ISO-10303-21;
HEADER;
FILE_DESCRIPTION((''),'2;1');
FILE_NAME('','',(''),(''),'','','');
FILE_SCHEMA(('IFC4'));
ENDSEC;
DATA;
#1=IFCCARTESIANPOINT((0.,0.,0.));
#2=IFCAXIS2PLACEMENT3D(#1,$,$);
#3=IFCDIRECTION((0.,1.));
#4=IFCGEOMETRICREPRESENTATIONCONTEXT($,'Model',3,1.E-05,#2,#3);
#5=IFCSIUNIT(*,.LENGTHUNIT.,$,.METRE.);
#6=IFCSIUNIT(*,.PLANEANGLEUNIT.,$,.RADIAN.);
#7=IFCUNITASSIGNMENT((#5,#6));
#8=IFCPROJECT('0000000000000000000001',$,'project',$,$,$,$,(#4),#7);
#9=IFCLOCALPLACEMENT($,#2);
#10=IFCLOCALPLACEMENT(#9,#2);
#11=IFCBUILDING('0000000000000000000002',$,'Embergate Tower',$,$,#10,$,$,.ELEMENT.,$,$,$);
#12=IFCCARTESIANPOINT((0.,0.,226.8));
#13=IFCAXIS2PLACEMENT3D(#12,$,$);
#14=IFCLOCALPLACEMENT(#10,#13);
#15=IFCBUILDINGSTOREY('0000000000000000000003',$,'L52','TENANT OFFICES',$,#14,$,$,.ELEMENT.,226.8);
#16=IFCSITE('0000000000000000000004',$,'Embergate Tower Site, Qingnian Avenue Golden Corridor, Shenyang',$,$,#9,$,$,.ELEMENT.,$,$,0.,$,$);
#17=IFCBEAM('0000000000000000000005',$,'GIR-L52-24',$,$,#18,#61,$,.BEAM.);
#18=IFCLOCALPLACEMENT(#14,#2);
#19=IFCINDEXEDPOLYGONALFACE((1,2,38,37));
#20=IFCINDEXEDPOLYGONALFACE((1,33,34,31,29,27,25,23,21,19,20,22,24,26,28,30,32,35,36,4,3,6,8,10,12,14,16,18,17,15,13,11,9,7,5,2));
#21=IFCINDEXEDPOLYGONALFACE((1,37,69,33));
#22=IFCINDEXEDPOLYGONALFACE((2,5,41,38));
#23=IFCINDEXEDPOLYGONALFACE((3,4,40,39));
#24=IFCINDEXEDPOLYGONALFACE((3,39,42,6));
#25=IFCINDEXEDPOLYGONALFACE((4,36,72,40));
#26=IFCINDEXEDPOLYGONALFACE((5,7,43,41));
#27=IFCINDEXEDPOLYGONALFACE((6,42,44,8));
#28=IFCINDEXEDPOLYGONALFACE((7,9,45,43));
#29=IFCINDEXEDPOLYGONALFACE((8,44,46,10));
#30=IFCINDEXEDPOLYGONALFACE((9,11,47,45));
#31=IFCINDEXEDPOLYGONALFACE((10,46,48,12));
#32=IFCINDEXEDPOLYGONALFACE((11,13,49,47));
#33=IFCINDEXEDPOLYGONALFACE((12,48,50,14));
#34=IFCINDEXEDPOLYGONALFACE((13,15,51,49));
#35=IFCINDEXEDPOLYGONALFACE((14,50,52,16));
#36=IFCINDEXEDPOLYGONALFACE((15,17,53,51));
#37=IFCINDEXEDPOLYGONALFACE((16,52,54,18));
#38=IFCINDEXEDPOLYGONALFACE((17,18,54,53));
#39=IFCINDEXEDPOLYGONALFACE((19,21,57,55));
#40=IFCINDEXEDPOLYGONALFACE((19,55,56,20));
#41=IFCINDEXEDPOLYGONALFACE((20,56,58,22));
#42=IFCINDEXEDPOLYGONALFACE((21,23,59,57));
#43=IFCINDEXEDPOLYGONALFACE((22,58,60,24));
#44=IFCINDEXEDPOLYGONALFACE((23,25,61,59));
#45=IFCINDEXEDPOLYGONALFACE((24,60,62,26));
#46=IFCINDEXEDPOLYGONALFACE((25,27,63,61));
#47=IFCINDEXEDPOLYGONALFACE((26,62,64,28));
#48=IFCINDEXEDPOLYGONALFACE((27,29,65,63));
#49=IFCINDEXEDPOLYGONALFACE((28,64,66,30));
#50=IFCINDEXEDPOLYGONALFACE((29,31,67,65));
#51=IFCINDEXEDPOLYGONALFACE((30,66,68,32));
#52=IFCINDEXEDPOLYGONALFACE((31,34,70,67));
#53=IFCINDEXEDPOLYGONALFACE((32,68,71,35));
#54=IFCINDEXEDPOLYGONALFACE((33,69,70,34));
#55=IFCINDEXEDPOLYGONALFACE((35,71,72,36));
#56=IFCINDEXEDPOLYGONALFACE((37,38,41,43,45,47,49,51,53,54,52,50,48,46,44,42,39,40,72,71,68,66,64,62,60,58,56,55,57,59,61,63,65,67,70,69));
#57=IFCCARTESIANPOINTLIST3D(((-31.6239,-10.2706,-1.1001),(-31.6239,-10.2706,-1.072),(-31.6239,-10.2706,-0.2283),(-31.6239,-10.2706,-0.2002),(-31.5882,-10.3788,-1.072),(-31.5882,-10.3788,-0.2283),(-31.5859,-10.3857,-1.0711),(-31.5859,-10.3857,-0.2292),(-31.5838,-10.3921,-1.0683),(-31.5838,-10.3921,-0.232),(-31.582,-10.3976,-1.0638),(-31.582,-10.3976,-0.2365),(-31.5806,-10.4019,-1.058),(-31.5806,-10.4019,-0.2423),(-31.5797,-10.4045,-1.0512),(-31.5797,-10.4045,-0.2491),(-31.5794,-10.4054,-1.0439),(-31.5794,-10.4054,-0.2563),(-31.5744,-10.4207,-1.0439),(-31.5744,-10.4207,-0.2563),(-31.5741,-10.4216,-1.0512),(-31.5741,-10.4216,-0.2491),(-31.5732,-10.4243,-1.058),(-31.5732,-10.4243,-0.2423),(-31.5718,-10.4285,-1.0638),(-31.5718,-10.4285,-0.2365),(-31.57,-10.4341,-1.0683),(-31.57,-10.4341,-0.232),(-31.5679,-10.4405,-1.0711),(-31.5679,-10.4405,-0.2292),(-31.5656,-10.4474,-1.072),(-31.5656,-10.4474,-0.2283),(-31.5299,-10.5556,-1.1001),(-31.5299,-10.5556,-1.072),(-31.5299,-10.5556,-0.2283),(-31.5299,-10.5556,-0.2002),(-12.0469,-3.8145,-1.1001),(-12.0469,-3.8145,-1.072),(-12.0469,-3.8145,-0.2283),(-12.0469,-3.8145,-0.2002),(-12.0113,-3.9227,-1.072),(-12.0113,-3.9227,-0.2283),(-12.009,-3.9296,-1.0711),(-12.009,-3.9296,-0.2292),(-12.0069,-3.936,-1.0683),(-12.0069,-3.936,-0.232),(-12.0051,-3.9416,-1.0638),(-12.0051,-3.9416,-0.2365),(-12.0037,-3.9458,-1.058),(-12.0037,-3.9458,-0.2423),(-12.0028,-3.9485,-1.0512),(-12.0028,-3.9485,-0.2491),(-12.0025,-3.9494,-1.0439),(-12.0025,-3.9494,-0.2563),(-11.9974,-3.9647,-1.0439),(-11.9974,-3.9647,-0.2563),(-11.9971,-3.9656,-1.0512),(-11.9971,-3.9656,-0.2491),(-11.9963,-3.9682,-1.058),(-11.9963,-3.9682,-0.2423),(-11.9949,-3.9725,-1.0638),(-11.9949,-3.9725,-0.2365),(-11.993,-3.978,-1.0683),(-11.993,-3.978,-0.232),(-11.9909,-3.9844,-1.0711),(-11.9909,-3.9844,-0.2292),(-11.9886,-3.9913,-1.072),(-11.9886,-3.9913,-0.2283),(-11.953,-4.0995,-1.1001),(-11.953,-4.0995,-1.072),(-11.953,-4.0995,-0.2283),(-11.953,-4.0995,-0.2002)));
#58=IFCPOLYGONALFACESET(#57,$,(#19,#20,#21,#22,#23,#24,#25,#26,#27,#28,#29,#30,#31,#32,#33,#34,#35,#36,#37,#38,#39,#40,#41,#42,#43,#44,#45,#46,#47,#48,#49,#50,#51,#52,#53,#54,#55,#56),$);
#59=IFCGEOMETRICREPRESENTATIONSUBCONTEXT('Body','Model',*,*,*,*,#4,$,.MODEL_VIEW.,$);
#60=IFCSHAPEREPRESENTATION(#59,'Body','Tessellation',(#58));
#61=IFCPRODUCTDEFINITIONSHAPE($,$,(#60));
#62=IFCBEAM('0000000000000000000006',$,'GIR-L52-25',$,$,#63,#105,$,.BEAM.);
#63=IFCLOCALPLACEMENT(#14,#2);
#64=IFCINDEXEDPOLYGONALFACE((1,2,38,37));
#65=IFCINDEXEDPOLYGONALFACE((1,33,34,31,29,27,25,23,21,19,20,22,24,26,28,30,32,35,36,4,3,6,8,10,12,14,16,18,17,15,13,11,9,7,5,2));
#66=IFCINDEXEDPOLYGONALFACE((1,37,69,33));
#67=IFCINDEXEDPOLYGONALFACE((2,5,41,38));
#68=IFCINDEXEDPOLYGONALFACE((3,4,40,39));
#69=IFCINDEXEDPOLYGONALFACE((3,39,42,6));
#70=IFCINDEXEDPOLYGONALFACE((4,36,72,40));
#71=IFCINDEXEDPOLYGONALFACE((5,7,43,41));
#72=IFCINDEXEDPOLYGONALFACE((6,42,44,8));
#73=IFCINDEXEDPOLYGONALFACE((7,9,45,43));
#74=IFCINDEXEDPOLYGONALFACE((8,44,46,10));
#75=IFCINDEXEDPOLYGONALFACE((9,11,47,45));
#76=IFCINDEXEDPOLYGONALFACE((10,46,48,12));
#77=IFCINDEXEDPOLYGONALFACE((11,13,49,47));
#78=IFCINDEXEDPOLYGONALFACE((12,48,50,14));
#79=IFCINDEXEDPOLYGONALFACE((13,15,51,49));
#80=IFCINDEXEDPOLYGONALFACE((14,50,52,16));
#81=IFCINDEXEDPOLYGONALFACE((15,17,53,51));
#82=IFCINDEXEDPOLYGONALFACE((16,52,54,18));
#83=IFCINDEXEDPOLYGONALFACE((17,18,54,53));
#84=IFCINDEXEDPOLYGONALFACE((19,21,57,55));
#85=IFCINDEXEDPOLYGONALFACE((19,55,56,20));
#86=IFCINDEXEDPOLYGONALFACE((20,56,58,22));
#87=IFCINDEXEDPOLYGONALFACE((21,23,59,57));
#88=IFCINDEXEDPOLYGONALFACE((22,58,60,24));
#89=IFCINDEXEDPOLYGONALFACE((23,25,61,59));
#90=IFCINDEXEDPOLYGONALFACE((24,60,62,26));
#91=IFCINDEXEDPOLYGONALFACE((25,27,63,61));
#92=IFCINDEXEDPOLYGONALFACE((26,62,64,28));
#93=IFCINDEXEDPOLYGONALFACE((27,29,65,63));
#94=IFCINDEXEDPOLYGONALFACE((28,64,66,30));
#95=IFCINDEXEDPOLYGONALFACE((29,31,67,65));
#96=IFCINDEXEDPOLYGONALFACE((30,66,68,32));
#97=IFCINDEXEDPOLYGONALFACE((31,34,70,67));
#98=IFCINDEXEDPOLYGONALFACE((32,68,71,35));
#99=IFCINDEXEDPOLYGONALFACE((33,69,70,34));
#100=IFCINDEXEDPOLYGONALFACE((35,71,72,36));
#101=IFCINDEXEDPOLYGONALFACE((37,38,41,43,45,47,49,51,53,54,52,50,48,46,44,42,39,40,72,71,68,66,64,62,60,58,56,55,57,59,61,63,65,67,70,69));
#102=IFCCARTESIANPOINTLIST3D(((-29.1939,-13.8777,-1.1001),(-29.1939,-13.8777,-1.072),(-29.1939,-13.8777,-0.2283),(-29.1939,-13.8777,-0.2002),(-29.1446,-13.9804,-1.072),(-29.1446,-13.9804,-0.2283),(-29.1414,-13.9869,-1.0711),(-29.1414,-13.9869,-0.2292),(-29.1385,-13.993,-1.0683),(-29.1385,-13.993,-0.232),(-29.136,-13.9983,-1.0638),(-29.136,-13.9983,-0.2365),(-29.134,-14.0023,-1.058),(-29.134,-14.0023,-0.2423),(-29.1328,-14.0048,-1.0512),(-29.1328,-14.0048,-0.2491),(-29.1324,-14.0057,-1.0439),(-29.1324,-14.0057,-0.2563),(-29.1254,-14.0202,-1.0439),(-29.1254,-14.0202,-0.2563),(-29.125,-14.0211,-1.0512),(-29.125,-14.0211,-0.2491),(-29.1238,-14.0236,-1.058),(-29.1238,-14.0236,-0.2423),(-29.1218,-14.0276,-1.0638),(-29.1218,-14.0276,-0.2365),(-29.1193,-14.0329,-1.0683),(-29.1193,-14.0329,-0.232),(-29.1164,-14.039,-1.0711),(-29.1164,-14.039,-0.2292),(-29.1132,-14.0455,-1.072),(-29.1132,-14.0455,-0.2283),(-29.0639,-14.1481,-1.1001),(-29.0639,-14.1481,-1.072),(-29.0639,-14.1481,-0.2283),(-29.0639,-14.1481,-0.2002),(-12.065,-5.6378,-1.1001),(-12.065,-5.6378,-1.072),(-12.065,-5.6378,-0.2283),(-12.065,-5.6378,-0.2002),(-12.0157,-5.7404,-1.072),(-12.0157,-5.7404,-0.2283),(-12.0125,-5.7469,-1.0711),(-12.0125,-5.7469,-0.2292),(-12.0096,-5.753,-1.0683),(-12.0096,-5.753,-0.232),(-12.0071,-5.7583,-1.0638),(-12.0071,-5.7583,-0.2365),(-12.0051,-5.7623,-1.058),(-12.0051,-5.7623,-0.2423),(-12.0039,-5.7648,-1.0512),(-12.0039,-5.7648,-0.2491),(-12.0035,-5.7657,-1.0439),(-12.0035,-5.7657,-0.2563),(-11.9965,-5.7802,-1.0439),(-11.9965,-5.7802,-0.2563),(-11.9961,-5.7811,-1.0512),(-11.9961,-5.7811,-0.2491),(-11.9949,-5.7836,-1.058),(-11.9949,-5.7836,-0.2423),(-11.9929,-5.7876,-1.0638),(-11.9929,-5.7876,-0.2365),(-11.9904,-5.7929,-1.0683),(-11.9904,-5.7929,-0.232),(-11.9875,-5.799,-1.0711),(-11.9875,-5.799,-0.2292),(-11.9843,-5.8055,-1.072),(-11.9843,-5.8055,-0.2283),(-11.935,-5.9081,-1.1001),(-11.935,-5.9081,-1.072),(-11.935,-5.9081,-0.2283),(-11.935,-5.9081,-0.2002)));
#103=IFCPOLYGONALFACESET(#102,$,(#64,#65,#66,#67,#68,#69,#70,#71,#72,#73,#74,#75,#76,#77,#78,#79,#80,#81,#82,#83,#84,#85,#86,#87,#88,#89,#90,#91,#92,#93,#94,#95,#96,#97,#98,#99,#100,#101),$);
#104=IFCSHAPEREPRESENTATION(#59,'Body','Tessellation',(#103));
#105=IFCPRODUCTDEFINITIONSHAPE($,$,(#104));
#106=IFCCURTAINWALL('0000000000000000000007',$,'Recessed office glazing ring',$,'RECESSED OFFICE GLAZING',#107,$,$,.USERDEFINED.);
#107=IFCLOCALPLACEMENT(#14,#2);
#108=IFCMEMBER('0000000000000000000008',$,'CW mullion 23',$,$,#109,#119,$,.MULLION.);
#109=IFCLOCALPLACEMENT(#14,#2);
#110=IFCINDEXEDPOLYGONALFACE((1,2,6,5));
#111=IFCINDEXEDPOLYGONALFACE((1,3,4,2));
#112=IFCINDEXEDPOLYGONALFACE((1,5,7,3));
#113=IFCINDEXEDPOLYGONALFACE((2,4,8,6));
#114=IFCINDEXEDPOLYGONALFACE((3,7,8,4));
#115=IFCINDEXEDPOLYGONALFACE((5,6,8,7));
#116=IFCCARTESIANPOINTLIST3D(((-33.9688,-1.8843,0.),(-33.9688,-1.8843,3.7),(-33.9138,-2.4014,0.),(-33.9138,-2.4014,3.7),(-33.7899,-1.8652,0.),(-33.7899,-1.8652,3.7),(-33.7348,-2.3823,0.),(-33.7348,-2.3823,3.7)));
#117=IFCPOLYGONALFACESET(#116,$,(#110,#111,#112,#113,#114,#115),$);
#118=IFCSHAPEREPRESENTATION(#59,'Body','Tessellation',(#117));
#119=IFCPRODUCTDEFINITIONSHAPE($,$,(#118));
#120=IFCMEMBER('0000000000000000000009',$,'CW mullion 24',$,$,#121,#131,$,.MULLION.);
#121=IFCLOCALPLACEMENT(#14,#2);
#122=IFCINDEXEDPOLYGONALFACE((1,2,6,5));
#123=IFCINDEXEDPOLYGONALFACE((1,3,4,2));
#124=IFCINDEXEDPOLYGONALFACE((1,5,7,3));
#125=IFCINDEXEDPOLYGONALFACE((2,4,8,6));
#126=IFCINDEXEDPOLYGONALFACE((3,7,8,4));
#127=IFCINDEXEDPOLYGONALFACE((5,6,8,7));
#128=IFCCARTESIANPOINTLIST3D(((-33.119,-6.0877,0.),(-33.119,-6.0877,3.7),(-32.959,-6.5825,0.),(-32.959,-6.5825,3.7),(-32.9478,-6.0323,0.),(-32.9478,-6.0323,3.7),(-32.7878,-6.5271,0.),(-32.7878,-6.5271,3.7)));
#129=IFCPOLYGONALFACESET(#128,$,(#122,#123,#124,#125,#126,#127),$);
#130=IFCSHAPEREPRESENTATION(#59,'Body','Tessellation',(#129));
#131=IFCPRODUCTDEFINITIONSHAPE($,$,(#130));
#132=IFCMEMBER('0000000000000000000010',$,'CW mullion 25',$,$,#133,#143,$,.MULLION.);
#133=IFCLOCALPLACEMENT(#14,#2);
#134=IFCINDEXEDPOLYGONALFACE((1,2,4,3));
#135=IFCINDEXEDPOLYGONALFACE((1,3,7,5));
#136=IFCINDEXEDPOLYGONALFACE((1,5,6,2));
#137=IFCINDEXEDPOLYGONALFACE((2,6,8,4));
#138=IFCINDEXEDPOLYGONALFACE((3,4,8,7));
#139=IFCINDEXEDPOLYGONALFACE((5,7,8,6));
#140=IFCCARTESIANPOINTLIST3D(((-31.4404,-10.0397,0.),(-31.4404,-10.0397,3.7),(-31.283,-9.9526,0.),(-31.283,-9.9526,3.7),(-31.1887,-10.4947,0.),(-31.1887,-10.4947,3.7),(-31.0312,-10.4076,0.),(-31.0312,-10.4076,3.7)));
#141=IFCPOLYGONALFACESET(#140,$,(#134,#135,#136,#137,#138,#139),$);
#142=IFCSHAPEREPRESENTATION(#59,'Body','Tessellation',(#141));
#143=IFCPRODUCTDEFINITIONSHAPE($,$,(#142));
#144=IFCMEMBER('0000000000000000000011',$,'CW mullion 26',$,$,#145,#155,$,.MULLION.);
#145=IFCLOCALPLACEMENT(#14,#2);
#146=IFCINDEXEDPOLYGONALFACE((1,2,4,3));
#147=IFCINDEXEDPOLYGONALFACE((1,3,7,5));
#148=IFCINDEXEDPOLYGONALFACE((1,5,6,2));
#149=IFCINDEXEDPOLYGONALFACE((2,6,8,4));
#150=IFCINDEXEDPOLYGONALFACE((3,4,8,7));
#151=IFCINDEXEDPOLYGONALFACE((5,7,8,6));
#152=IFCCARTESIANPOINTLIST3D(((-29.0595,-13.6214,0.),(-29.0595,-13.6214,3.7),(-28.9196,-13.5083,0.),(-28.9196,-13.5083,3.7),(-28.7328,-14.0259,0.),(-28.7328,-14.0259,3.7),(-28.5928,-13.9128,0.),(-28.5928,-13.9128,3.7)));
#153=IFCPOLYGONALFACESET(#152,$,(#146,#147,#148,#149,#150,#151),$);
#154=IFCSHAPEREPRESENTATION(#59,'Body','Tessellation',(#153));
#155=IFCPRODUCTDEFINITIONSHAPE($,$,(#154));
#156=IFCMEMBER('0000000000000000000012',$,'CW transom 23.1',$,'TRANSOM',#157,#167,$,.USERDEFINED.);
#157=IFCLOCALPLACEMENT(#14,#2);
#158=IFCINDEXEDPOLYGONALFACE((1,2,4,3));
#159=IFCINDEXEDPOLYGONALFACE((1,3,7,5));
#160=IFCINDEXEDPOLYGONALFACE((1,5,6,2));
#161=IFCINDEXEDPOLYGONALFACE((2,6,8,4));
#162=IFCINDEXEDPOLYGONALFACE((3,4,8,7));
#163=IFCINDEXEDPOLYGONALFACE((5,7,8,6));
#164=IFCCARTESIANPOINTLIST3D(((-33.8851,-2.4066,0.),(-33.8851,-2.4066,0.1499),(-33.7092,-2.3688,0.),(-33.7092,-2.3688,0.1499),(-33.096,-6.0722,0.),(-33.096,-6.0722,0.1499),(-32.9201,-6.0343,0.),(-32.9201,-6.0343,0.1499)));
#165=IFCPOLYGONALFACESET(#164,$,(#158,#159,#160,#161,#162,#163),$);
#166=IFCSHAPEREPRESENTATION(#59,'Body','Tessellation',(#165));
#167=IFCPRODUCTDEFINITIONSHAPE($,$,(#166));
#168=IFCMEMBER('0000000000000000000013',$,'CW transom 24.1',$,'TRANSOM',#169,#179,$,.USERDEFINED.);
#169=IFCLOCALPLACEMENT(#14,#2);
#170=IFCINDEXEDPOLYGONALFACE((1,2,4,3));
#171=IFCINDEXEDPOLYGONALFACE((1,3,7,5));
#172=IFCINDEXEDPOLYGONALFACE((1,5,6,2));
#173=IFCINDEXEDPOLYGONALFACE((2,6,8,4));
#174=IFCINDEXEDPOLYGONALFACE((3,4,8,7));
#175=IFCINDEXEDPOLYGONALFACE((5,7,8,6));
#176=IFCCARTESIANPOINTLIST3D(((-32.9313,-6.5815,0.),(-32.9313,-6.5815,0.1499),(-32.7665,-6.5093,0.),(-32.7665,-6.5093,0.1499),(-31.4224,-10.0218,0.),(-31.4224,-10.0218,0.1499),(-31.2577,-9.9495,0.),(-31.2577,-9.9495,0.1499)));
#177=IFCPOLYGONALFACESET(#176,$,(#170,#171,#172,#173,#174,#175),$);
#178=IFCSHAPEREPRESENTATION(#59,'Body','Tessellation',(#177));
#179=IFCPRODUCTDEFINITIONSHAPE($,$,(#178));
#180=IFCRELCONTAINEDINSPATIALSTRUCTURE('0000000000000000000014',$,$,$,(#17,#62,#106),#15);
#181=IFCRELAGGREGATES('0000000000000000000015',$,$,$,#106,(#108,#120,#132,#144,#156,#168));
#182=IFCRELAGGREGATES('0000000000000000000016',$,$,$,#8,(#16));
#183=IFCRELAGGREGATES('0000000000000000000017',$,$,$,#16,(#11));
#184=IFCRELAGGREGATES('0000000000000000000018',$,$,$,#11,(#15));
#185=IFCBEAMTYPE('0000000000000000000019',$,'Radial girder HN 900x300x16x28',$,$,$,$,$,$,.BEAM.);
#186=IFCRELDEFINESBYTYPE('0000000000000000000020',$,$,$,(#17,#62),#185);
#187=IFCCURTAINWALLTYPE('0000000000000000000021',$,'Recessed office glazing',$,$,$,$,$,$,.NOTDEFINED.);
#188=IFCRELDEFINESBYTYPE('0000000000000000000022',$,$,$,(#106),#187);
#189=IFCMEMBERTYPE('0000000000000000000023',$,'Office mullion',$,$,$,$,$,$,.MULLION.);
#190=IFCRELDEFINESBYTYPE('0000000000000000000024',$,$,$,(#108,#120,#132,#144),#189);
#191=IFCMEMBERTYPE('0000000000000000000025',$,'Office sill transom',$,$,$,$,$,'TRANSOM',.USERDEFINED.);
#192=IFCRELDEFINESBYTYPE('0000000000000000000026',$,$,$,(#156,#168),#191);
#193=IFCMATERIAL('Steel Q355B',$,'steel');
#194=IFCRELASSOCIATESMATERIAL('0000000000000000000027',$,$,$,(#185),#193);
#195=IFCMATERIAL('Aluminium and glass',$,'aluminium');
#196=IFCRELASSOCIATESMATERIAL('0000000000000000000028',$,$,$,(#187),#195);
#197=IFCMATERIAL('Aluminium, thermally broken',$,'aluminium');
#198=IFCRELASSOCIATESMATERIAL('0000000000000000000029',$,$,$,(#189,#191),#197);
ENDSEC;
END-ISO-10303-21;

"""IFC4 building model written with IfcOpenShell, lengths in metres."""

from ifc_helpers import new_model, si_unit, direction, frame, origin, origin_2d, place, context, subcontext, project, spatial, rectangle, i_section, extrude, source, transform, mapped, material, material_profile, profile_set, type_object, element, aggregate, save


model = new_model("IFC4")

# Units and contexts
model_context = context("Model", 3, precision=1e-05, world=origin(), true_north=direction((0.0, 1.0)))
body_context = subcontext(model_context, "Body", "Model", "MODEL_VIEW")
ifc_project = project(units=[si_unit("LENGTHUNIT", "METRE"), si_unit("PLANEANGLEUNIT", "RADIAN")], contexts=[model_context])

# Site, building, storey
site_placement = place(None, origin())
site = spatial("IfcSite", under=ifc_project, at=site_placement, Name="Embergate Tower Site, Qingnian Avenue Golden Corridor, Shenyang", CompositionType="ELEMENT", RefElevation=0.0)
building_placement = place(site_placement, origin())
building = spatial("IfcBuilding", under=site, at=building_placement, Name="Embergate Tower", CompositionType="ELEMENT")
storey_placement = place(building_placement, frame((0.0, 0.0, 226.8)))
storey = spatial("IfcBuildingStorey", under=building, at=storey_placement, Name="L52", Description="TENANT OFFICES", CompositionType="ELEMENT", Elevation=226.8)

# Beams
ifc_material_1 = material(Name="Steel Q355B", Category="steel")
ifc_material_profile_1 = material_profile(ifc_material_1, i_section(OverallWidth=0.3, OverallDepth=0.8999, WebThickness=0.0161, FlangeThickness=0.0281, FilletRadius=0.0281, at=origin_2d()), Name="HN 900x300x16x28")
ifc_profile_set_1 = profile_set([ifc_material_profile_1], Name="Steel Q355 grade B")
beam_type_1 = type_object("IfcBeamType", Name="Radial girder HN 900x300x16x28", PredefinedType="BEAM", material=ifc_profile_set_1)
shared_shape_1 = source(origin(), body_context, "Body", "SweptSolid", [
    extrude(i_section(OverallWidth=0.3, OverallDepth=0.8999, WebThickness=0.0161, FlangeThickness=0.0281, FilletRadius=0.0281, at=origin_2d()), origin(), (0.0, 0.0, 1.0), 20.614),
])
beam_1_placement = place(storey_placement, frame((-31.5769, -10.4131, -0.6501), z_axis=(0.949691, 0.313188, 0.0), x_axis=(-0.313188, 0.949691, 0.0)))
element("IfcBeam", 1, at=beam_1_placement, inside=storey, type_object=beam_type_1, Name="GIR-L52-24", PredefinedType="BEAM", context=body_context, shape_type="MappedRepresentation", body=[
    mapped(shared_shape_1, transform((0.0, 0.0, 0.0))),
])
shared_shape_2 = source(origin(), body_context, "Body", "SweptSolid", [
    extrude(i_section(OverallWidth=0.3, OverallDepth=0.8999, WebThickness=0.0161, FlangeThickness=0.0281, FilletRadius=0.0281, at=origin_2d()), origin(), (0.0, 0.0, 1.0), 19.0078),
])
beam_2_placement = place(storey_placement, frame((-29.1289, -14.0129, -0.6501), z_axis=(0.901151, 0.433505, 0.0), x_axis=(-0.433505, 0.901151, 0.0)))
element("IfcBeam", 2, at=beam_2_placement, inside=storey, type_object=beam_type_1, Name="GIR-L52-25", PredefinedType="BEAM", context=body_context, shape_type="MappedRepresentation", body=[
    mapped(shared_shape_2, transform((0.0, 0.0, 0.0))),
])

# Curtain wall, members
ifc_material_2 = material(Name="Aluminium and glass", Category="aluminium")
curtain_wall_type = type_object("IfcCurtainWallType", Name="Recessed office glazing", PredefinedType="NOTDEFINED", material=ifc_material_2)
curtain_wall_placement = place(storey_placement, origin())
curtain_wall = element("IfcCurtainWall", 3, at=curtain_wall_placement, inside=storey, type_object=curtain_wall_type, Name="Recessed office glazing ring", ObjectType="RECESSED OFFICE GLAZING", PredefinedType="USERDEFINED")
ifc_material_3 = material(Name="Aluminium, thermally broken", Category="aluminium")
ifc_material_profile_2 = material_profile(ifc_material_3, rectangle(XDim=0.1799, YDim=0.52, at=origin_2d()), Name="AL 520x180")
ifc_profile_set_2 = profile_set([ifc_material_profile_2], Name="Aluminium, thermally broken")
member_type_1 = type_object("IfcMemberType", Name="Office mullion", PredefinedType="MULLION", material=ifc_profile_set_2)
shared_shape_3 = source(origin(), body_context, "Body", "SweptSolid", [
    extrude(rectangle(XDim=0.1799, YDim=0.52, at=origin_2d()), origin(), (0.0, 0.0, 1.0), 3.7),
])
member_1_placement = place(storey_placement, frame((-33.8518, -2.1333, 0.0), z_axis=(0.0, 0.0, 1.0), x_axis=(0.994385, 0.105825, 0.0)))
member_1 = element("IfcMember", 4, at=member_1_placement, type_object=member_type_1, Name="CW mullion 23", PredefinedType="MULLION", context=body_context, shape_type="MappedRepresentation", body=[
    mapped(shared_shape_3, transform((0.0, 0.0, 0.0))),
])
member_2_placement = place(storey_placement, frame((-32.9534, -6.3074, 0.0), z_axis=(0.0, 0.0, 1.0), x_axis=(0.951497, 0.307657, 0.0)))
member_2 = element("IfcMember", 5, at=member_2_placement, type_object=member_type_1, Name="CW mullion 24", PredefinedType="MULLION", context=body_context, shape_type="MappedRepresentation", body=[
    mapped(shared_shape_3, transform((0.0, 0.0, 0.0))),
])
member_3_placement = place(storey_placement, frame((-31.2358, -10.2236, 0.0), z_axis=(0.0, 0.0, 1.0), x_axis=(0.875001, 0.484121, 0.0)))
member_3 = element("IfcMember", 6, at=member_3_placement, type_object=member_type_1, Name="CW mullion 25", PredefinedType="MULLION", context=body_context, shape_type="MappedRepresentation", body=[
    mapped(shared_shape_3, transform((0.0, 0.0, 0.0))),
])
member_4_placement = place(storey_placement, frame((-28.8262, -13.7671, 0.0), z_axis=(0.0, 0.0, 1.0), x_axis=(0.777873, 0.628422, 0.0)))
member_4 = element("IfcMember", 7, at=member_4_placement, type_object=member_type_1, Name="CW mullion 26", PredefinedType="MULLION", context=body_context, shape_type="MappedRepresentation", body=[
    mapped(shared_shape_3, transform((0.0, 0.0, 0.0))),
])
ifc_material_profile_3 = material_profile(ifc_material_3, rectangle(XDim=0.1799, YDim=0.1499, at=origin_2d()), Name="AL 150x180")
ifc_profile_set_3 = profile_set([ifc_material_profile_3], Name="Aluminium, thermally broken")
member_type_2 = type_object("IfcMemberType", Name="Office sill transom", ElementType="TRANSOM", PredefinedType="USERDEFINED", material=ifc_profile_set_3)
shared_shape_4 = source(origin(), body_context, "Body", "SweptSolid", [
    extrude(rectangle(XDim=0.1799, YDim=0.1499, at=origin_2d()), origin(), (0.0, 0.0, 1.0), 3.7495),
])
member_5_placement = place(storey_placement, frame((-33.7971, -2.3877, 0.075), z_axis=(0.210445, -0.977606, 0.0), x_axis=(0.977606, 0.210445, 0.0)))
member_5 = element("IfcMember", 8, at=member_5_placement, type_object=member_type_2, Name="CW transom 23.1", ObjectType="TRANSOM", PredefinedType="USERDEFINED", context=body_context, shape_type="MappedRepresentation", body=[
    mapped(shared_shape_4, transform((0.0, 0.0, 0.0))),
])
shared_shape_5 = source(origin(), body_context, "Body", "SweptSolid", [
    extrude(rectangle(XDim=0.1799, YDim=0.1499, at=origin_2d()), origin(), (0.0, 0.0, 1.0), 3.7566),
])
member_6_placement = place(storey_placement, frame((-32.8489, -6.5454, 0.075), z_axis=(0.401647, -0.915794, 0.0), x_axis=(0.915794, 0.401647, 0.0)))
member_6 = element("IfcMember", 9, at=member_6_placement, type_object=member_type_2, Name="CW transom 24.1", ObjectType="TRANSOM", PredefinedType="USERDEFINED", context=body_context, shape_type="MappedRepresentation", body=[
    mapped(shared_shape_5, transform((0.0, 0.0, 0.0))),
])
aggregate(curtain_wall, [member_1, member_2, member_3, member_4, member_5, member_6])

save(model, "model.ifc")
